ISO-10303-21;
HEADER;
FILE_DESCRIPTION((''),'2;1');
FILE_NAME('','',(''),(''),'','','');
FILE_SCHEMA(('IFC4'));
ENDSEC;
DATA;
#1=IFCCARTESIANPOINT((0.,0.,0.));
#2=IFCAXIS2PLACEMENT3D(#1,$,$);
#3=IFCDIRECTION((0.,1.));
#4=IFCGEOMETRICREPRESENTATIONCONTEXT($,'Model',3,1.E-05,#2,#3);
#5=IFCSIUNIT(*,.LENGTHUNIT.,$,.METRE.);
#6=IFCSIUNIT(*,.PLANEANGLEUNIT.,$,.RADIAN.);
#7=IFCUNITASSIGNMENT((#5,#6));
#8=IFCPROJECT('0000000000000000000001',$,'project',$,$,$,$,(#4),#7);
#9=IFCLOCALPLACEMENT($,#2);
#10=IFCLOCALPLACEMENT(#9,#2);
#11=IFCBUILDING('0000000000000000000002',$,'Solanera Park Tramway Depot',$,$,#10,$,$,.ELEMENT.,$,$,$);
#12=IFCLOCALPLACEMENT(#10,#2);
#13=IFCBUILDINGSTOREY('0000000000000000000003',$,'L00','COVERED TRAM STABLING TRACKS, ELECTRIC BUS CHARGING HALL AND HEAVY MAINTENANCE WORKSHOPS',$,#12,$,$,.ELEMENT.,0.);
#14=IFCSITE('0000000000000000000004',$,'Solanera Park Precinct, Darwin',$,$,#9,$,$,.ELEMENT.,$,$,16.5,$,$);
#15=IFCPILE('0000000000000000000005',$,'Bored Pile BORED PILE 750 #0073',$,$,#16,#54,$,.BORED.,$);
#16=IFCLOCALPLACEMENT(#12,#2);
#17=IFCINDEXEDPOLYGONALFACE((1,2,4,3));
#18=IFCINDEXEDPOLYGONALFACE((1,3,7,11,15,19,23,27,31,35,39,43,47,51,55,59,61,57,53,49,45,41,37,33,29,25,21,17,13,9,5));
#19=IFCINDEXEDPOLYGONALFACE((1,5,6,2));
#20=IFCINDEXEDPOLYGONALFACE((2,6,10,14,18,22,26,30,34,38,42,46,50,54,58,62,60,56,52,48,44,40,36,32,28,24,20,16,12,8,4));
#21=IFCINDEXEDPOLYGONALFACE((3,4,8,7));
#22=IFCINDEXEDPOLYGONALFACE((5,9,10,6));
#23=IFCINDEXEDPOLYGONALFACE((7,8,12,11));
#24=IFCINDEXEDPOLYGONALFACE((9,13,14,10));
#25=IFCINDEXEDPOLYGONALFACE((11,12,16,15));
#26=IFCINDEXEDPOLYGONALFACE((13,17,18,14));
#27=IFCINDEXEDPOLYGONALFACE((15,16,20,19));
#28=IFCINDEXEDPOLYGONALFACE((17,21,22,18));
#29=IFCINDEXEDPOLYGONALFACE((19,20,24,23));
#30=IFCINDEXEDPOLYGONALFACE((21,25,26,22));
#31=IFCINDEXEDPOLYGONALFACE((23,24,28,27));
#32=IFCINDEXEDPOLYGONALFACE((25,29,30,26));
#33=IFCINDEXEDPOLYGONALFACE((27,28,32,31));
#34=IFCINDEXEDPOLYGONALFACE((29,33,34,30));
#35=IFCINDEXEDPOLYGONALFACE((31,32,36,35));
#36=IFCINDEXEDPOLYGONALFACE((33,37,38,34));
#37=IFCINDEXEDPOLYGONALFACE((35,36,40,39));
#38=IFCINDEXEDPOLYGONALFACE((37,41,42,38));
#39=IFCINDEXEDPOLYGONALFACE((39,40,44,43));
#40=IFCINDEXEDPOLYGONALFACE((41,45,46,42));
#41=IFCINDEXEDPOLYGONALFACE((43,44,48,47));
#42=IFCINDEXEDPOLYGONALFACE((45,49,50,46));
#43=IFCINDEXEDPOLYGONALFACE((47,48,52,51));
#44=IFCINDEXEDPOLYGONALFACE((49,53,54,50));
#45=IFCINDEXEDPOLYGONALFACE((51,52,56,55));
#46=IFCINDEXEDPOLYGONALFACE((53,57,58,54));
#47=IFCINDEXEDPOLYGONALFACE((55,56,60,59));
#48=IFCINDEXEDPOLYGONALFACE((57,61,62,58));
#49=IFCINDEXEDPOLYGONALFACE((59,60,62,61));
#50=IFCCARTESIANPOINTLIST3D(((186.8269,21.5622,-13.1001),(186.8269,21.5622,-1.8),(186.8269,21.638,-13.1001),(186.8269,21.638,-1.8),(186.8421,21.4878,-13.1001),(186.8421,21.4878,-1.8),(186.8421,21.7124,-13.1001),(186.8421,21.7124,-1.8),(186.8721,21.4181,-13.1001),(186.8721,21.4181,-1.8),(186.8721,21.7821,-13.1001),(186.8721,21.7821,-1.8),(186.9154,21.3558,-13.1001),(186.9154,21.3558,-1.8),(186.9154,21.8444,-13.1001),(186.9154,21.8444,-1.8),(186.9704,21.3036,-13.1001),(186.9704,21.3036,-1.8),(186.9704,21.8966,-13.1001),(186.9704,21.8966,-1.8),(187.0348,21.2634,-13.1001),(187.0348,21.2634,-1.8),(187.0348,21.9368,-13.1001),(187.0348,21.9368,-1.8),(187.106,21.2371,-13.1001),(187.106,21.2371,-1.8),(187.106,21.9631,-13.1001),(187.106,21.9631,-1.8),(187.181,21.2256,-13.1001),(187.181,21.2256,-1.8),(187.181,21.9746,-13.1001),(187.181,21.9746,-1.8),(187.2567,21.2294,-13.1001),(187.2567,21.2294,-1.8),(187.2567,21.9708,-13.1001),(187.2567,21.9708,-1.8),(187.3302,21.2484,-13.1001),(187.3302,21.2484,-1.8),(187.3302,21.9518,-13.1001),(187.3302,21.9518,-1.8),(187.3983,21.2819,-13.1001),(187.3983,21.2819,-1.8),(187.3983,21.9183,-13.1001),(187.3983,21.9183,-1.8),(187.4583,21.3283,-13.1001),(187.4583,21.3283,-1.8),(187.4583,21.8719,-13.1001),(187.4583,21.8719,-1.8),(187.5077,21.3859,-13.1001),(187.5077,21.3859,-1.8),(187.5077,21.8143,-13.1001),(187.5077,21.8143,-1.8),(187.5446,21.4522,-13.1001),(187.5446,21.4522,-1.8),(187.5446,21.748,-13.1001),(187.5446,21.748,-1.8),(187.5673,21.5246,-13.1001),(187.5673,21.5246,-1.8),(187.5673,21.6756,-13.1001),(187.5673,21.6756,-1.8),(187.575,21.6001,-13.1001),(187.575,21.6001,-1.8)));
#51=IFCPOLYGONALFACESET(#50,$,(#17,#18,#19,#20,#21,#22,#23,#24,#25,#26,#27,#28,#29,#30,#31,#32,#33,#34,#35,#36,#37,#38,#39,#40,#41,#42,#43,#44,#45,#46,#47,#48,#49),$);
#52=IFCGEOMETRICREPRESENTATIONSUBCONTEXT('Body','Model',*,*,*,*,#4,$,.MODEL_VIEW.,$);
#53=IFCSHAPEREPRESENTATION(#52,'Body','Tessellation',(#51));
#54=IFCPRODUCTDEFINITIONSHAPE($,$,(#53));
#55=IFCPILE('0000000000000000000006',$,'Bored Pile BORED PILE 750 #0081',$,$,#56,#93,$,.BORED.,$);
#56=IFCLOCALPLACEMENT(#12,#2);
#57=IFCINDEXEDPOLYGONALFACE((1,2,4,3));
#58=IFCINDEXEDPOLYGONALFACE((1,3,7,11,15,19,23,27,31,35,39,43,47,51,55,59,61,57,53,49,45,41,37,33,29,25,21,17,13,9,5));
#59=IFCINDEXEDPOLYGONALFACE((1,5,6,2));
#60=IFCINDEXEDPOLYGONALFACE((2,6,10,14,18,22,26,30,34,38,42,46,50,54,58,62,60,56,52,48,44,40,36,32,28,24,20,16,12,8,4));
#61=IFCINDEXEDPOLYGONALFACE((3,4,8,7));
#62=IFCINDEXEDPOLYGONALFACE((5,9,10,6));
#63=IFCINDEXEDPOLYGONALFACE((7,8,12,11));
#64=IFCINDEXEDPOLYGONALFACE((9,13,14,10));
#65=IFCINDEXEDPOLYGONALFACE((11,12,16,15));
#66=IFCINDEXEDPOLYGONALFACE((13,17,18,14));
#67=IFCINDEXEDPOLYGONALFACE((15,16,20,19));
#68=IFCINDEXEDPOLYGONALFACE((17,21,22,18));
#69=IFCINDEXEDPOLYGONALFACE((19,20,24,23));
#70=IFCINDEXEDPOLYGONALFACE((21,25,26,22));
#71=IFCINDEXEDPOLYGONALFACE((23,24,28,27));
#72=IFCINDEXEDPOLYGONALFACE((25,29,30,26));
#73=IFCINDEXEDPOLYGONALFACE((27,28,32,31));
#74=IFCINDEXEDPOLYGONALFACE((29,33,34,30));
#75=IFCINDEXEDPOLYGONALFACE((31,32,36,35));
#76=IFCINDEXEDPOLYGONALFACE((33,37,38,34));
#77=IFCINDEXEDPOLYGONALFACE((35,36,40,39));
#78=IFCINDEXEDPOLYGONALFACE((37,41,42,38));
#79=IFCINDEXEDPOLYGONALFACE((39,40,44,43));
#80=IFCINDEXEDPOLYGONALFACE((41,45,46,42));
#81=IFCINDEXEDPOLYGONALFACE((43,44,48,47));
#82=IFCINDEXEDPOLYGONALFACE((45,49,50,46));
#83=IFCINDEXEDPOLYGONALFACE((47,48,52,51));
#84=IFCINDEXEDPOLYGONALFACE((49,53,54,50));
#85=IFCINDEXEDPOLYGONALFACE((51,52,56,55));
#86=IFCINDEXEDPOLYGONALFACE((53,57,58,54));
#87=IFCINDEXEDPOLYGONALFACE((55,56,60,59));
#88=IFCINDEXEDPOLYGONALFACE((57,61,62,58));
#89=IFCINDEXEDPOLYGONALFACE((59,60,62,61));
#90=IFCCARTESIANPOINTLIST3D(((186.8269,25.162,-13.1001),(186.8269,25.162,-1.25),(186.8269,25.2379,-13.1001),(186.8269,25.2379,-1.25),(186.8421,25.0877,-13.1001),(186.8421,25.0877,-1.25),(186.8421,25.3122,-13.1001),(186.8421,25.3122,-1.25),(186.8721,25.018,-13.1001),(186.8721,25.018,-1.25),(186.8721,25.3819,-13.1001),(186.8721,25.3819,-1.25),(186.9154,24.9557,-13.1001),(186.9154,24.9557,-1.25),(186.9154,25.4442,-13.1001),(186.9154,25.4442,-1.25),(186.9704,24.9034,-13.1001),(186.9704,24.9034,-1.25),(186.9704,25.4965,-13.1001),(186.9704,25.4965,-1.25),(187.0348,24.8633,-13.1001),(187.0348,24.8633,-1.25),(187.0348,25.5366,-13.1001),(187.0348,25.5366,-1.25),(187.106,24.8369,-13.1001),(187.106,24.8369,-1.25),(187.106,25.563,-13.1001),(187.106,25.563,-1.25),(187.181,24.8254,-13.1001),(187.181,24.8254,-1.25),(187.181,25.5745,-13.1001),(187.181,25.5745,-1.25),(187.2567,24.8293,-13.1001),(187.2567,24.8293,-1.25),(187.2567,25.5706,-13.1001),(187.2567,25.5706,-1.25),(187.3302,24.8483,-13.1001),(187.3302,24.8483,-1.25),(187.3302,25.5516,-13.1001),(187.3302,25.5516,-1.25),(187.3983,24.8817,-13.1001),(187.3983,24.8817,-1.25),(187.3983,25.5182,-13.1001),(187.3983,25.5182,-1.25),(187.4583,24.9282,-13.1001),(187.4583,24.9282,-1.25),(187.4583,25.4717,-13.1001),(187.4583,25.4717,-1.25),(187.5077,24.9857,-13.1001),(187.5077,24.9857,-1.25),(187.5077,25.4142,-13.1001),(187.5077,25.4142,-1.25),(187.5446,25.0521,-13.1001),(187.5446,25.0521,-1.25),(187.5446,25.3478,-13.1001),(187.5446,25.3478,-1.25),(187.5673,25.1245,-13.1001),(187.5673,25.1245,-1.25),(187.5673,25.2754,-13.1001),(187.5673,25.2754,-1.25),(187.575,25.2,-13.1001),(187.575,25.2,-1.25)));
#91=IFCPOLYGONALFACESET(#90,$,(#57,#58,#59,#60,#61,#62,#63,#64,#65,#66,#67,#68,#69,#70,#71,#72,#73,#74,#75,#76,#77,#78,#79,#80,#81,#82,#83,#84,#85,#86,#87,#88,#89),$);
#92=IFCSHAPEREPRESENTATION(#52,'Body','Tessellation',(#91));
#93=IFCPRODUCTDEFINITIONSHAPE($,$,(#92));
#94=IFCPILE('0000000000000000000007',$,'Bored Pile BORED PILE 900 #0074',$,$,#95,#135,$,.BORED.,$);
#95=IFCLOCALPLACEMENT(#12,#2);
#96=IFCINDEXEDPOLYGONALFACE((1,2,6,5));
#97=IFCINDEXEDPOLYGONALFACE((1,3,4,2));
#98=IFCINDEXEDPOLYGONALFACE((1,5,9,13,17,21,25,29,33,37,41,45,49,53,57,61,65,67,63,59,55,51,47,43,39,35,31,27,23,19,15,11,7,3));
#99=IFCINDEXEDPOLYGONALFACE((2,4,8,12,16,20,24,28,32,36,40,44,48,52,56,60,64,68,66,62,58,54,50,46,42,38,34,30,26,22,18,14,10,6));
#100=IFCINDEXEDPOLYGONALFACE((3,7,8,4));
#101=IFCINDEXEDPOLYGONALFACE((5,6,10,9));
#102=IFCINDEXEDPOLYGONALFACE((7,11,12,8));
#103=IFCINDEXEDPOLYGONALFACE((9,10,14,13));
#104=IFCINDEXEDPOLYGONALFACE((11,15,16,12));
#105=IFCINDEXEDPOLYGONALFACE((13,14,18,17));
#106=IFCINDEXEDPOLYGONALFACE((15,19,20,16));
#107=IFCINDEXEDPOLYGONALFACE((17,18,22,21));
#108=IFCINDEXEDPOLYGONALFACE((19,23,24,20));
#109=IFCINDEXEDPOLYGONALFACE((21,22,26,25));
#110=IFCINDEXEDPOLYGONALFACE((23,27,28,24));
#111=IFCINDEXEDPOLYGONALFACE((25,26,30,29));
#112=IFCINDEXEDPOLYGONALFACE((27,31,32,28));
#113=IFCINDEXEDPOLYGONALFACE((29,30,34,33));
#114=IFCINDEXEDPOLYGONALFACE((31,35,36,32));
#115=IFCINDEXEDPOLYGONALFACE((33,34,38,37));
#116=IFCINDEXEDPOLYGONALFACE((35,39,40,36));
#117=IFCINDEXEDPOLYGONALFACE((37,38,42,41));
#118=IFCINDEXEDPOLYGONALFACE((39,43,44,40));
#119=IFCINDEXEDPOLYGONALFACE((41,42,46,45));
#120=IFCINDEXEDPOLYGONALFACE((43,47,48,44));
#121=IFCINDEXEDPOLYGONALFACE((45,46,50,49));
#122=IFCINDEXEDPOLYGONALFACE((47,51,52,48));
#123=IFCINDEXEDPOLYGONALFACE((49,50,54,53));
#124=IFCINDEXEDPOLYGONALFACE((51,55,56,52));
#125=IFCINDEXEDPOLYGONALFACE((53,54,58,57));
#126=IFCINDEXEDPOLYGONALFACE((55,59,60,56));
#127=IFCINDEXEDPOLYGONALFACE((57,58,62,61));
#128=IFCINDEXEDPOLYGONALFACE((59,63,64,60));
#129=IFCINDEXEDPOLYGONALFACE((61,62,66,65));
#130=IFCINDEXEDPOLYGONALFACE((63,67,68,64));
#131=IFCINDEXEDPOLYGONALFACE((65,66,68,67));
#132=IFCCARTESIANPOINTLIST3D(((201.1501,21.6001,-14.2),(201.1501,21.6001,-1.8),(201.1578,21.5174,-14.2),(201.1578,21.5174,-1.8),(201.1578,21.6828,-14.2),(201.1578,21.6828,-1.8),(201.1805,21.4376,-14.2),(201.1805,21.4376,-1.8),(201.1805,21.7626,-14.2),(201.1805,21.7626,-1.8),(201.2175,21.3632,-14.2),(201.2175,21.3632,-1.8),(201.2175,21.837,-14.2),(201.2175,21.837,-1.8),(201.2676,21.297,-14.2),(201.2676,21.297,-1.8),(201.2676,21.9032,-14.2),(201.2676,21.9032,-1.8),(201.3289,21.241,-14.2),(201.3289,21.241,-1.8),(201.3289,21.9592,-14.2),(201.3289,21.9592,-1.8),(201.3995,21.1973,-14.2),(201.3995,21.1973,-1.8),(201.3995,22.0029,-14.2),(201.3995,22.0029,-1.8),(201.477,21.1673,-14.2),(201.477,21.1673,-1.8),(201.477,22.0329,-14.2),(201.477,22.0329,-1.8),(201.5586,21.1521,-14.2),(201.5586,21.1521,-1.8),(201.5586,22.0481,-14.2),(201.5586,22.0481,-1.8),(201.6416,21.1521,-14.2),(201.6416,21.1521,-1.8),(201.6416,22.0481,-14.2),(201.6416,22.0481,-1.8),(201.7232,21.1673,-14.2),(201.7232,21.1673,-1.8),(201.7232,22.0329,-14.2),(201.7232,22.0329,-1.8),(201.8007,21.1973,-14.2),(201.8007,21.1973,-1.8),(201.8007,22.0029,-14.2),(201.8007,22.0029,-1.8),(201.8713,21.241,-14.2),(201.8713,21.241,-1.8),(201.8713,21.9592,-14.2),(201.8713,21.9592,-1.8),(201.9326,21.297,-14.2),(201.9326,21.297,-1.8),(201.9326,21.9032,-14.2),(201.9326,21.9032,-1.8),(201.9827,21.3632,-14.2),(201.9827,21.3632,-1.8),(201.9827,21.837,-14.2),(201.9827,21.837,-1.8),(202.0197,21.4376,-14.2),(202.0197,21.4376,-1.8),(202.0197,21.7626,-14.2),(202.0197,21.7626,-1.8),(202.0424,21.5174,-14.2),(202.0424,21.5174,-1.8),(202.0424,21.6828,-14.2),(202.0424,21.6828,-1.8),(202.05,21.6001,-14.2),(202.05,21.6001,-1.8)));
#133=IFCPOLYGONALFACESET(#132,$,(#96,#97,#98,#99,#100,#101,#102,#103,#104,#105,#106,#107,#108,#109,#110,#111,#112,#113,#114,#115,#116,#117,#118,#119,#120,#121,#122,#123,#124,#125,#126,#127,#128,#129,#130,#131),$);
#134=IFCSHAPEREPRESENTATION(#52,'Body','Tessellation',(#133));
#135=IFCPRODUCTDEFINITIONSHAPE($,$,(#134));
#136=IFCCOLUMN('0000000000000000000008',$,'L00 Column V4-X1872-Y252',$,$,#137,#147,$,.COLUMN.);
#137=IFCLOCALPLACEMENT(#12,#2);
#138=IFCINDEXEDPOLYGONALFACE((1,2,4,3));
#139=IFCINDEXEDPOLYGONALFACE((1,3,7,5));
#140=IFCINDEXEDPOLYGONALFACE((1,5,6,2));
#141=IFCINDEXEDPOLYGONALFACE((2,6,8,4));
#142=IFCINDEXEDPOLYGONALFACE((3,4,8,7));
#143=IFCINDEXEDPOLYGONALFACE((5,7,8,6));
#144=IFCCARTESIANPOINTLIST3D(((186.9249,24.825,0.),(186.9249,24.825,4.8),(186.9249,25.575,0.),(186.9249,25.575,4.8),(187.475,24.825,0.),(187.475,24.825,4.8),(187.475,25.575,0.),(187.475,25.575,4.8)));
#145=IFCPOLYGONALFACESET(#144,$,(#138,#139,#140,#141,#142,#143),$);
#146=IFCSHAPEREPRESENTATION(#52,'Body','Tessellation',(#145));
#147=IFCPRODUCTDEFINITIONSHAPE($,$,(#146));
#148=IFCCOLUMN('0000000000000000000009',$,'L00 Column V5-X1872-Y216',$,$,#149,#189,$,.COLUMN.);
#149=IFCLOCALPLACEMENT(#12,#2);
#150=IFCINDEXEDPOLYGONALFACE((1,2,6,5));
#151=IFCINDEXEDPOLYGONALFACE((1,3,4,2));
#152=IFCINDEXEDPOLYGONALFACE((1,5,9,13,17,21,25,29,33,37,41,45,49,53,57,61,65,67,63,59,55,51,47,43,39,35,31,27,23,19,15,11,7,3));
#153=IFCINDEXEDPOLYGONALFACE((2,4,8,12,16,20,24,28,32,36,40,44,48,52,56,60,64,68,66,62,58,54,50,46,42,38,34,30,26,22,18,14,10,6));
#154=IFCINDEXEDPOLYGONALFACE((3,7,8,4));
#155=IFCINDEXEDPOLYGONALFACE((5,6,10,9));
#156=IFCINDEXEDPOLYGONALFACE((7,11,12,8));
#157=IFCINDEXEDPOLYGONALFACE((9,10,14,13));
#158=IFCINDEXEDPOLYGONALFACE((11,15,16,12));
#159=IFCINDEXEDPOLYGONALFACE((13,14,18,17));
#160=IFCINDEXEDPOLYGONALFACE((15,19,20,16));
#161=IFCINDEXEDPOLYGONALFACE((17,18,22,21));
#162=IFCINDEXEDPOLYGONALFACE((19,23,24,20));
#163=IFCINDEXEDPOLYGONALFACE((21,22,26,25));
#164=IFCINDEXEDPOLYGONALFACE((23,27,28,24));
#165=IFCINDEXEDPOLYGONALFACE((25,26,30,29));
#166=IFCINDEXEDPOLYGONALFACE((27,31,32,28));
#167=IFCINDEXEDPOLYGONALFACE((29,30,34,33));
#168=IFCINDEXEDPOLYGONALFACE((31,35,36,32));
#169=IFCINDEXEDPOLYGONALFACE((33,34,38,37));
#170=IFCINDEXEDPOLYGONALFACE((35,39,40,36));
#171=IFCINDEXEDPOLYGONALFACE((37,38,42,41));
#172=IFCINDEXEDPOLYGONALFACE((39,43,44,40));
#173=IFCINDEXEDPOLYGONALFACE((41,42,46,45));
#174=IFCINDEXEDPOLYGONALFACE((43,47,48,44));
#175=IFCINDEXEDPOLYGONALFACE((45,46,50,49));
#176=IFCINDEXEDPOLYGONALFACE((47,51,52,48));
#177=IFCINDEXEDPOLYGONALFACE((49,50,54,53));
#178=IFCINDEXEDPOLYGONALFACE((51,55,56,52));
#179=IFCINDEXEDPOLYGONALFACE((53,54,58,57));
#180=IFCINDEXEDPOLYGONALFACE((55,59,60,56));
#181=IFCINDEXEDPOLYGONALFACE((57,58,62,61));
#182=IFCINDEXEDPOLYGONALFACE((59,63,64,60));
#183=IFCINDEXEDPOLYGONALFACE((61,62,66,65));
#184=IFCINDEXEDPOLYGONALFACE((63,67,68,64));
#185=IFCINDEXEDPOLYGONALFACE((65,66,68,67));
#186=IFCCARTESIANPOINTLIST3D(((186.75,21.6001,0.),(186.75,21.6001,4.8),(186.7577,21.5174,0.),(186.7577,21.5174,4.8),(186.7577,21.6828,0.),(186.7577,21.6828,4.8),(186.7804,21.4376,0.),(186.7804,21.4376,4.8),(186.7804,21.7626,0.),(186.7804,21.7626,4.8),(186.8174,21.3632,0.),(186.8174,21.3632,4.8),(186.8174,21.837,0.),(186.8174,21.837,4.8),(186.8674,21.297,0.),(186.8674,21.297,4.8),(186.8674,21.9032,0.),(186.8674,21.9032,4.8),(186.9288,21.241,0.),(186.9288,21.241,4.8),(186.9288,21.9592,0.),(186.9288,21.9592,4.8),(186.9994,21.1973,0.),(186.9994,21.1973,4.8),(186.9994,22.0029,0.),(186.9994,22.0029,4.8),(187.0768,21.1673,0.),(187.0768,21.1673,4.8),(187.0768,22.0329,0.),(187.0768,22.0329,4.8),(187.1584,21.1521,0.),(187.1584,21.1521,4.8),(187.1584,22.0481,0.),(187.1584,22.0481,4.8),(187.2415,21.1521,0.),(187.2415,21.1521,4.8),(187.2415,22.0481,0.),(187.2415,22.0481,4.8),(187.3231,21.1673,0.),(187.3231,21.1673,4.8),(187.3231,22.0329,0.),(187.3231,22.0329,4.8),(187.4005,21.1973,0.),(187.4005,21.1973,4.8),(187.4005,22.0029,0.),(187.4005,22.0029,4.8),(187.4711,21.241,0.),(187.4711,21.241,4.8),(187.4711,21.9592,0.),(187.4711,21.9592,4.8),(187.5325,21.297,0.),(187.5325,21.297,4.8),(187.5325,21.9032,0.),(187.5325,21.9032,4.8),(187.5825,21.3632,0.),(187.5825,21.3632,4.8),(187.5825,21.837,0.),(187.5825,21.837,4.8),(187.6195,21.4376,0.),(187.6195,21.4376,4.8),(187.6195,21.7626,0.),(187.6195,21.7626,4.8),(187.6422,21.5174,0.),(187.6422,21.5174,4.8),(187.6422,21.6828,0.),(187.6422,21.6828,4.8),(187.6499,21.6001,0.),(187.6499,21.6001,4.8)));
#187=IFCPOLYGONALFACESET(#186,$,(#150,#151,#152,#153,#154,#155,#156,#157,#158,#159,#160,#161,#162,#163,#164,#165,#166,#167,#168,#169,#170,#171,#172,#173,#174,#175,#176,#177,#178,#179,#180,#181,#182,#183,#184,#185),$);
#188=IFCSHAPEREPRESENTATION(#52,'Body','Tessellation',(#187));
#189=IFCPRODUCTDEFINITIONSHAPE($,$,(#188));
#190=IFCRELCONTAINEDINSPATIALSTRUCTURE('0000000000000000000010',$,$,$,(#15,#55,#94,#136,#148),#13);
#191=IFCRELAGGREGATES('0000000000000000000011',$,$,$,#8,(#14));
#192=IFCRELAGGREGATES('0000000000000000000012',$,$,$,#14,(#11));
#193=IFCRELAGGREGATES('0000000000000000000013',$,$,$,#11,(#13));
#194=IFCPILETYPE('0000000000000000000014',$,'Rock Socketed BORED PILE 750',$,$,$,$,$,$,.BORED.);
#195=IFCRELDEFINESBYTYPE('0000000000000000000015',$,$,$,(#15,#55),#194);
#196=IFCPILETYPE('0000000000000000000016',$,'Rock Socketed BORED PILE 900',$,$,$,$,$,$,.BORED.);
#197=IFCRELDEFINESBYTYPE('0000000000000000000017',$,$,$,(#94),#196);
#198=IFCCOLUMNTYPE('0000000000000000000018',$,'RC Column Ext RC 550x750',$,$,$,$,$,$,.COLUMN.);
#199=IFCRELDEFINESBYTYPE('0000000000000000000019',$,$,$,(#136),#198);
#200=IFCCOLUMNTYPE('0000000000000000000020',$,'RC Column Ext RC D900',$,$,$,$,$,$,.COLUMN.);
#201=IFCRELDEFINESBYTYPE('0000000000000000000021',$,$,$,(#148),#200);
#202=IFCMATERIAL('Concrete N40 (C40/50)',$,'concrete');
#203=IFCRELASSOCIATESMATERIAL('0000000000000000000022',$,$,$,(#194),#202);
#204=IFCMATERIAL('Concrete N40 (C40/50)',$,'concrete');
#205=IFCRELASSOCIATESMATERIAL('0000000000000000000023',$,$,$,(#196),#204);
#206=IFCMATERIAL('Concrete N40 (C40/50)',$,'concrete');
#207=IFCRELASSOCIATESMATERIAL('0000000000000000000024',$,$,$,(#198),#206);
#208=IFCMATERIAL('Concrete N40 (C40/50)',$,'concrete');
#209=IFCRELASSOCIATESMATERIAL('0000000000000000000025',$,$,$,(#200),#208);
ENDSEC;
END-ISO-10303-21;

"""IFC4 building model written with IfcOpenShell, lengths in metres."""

from ifc_helpers import new_model, si_unit, direction, frame, origin, origin_2d, place, context, subcontext, project, spatial, rectangle, circle, extrude, material, material_profile, profile_set, type_object, element, save


model = new_model("IFC4")

# Units and contexts
model_context = context("Model", 3, precision=1e-05, world=origin(), true_north=direction((0.0, 1.0)))
body_context = subcontext(model_context, "Body", "Model", "MODEL_VIEW")
ifc_project = project(units=[si_unit("LENGTHUNIT", "METRE"), si_unit("PLANEANGLEUNIT", "RADIAN")], contexts=[model_context])

# Site, building, storey
site_placement = place(None, origin())
site = spatial("IfcSite", under=ifc_project, at=site_placement, Name="Solanera Park Precinct, Darwin", CompositionType="ELEMENT", RefElevation=16.5)
building_placement = place(site_placement, origin())
building = spatial("IfcBuilding", under=site, at=building_placement, Name="Solanera Park Tramway Depot", CompositionType="ELEMENT")
storey_placement = place(building_placement, origin())
storey = spatial("IfcBuildingStorey", under=building, at=storey_placement, Name="L00", Description="COVERED TRAM STABLING TRACKS, ELECTRIC BUS CHARGING HALL AND HEAVY MAINTENANCE WORKSHOPS", CompositionType="ELEMENT", Elevation=0.0)

# Piles
ifc_material_1 = material(Name="Concrete N40 (C40/50)", Category="concrete")
ifc_material_profile_1 = material_profile(ifc_material_1, circle(Radius=0.375, at=origin_2d()), Name="BORED PILE 750")
ifc_profile_set_1 = profile_set([ifc_material_profile_1], Name="Concrete N40 (C40/50)")
pile_type_1 = type_object("IfcPileType", Name="Rock Socketed BORED PILE 750", PredefinedType="BORED", material=ifc_profile_set_1)
pile_1_placement = place(storey_placement, frame((187.2, 21.6001, -1.8), z_axis=(0.0, 0.0, -1.0), x_axis=(1.0, 0.0, 0.0)))
element("IfcPile", 1, at=pile_1_placement, inside=storey, type_object=pile_type_1, Name="Bored Pile BORED PILE 750 #0073", PredefinedType="BORED", context=body_context, shape_type="SweptSolid", body=[
    extrude(circle(Radius=0.375, at=origin_2d()), origin(), (0.0, 0.0, 1.0), 11.3),
])
pile_2_placement = place(storey_placement, frame((187.2, 25.2, -1.25), z_axis=(0.0, 0.0, -1.0), x_axis=(1.0, 0.0, 0.0)))
element("IfcPile", 2, at=pile_2_placement, inside=storey, type_object=pile_type_1, Name="Bored Pile BORED PILE 750 #0081", PredefinedType="BORED", context=body_context, shape_type="SweptSolid", body=[
    extrude(circle(Radius=0.375, at=origin_2d()), origin(), (0.0, 0.0, 1.0), 11.8501),
])
ifc_material_2 = material(Name="Concrete N40 (C40/50)", Category="concrete")
ifc_material_profile_2 = material_profile(ifc_material_2, circle(Radius=0.45, at=origin_2d()), Name="BORED PILE 900")
ifc_profile_set_2 = profile_set([ifc_material_profile_2], Name="Concrete N40 (C40/50)")
pile_type_2 = type_object("IfcPileType", Name="Rock Socketed BORED PILE 900", PredefinedType="BORED", material=ifc_profile_set_2)
pile_3_placement = place(storey_placement, frame((201.6001, 21.6001, -1.8), z_axis=(0.0, 0.0, -1.0), x_axis=(1.0, 0.0, 0.0)))
element("IfcPile", 3, at=pile_3_placement, inside=storey, type_object=pile_type_2, Name="Bored Pile BORED PILE 900 #0074", PredefinedType="BORED", context=body_context, shape_type="SweptSolid", body=[
    extrude(circle(Radius=0.45, at=origin_2d()), origin(), (0.0, 0.0, 1.0), 12.3999),
])

# Columns
ifc_material_3 = material(Name="Concrete N40 (C40/50)", Category="concrete")
ifc_material_profile_3 = material_profile(ifc_material_3, rectangle(XDim=0.55, YDim=0.75, at=origin_2d()), Name="RC 550x750")
ifc_profile_set_3 = profile_set([ifc_material_profile_3], Name="Concrete N40 (C40/50)")
column_type_1 = type_object("IfcColumnType", Name="RC Column Ext RC 550x750", PredefinedType="COLUMN", material=ifc_profile_set_3)
column_1_placement = place(storey_placement, frame((187.2, 25.2, 0.0), z_axis=(0.0, 0.0, 1.0), x_axis=(1.0, 0.0, 0.0)))
element("IfcColumn", 4, at=column_1_placement, inside=storey, type_object=column_type_1, Name="L00 Column V4-X1872-Y252", PredefinedType="COLUMN", context=body_context, shape_type="SweptSolid", body=[
    extrude(rectangle(XDim=0.55, YDim=0.75, at=origin_2d()), origin(), (0.0, 0.0, 1.0), 4.8),
])
ifc_material_4 = material(Name="Concrete N40 (C40/50)", Category="concrete")
ifc_material_profile_4 = material_profile(ifc_material_4, circle(Radius=0.45, at=origin_2d()), Name="RC D900")
ifc_profile_set_4 = profile_set([ifc_material_profile_4], Name="Concrete N40 (C40/50)")
column_type_2 = type_object("IfcColumnType", Name="RC Column Ext RC D900", PredefinedType="COLUMN", material=ifc_profile_set_4)
column_2_placement = place(storey_placement, frame((187.2, 21.6001, 0.0), z_axis=(0.0, 0.0, 1.0), x_axis=(1.0, 0.0, 0.0)))
element("IfcColumn", 5, at=column_2_placement, inside=storey, type_object=column_type_2, Name="L00 Column V5-X1872-Y216", PredefinedType="COLUMN", context=body_context, shape_type="SweptSolid", body=[
    extrude(circle(Radius=0.45, at=origin_2d()), origin(), (0.0, 0.0, 1.0), 4.8),
])

save(model, "model.ifc")
